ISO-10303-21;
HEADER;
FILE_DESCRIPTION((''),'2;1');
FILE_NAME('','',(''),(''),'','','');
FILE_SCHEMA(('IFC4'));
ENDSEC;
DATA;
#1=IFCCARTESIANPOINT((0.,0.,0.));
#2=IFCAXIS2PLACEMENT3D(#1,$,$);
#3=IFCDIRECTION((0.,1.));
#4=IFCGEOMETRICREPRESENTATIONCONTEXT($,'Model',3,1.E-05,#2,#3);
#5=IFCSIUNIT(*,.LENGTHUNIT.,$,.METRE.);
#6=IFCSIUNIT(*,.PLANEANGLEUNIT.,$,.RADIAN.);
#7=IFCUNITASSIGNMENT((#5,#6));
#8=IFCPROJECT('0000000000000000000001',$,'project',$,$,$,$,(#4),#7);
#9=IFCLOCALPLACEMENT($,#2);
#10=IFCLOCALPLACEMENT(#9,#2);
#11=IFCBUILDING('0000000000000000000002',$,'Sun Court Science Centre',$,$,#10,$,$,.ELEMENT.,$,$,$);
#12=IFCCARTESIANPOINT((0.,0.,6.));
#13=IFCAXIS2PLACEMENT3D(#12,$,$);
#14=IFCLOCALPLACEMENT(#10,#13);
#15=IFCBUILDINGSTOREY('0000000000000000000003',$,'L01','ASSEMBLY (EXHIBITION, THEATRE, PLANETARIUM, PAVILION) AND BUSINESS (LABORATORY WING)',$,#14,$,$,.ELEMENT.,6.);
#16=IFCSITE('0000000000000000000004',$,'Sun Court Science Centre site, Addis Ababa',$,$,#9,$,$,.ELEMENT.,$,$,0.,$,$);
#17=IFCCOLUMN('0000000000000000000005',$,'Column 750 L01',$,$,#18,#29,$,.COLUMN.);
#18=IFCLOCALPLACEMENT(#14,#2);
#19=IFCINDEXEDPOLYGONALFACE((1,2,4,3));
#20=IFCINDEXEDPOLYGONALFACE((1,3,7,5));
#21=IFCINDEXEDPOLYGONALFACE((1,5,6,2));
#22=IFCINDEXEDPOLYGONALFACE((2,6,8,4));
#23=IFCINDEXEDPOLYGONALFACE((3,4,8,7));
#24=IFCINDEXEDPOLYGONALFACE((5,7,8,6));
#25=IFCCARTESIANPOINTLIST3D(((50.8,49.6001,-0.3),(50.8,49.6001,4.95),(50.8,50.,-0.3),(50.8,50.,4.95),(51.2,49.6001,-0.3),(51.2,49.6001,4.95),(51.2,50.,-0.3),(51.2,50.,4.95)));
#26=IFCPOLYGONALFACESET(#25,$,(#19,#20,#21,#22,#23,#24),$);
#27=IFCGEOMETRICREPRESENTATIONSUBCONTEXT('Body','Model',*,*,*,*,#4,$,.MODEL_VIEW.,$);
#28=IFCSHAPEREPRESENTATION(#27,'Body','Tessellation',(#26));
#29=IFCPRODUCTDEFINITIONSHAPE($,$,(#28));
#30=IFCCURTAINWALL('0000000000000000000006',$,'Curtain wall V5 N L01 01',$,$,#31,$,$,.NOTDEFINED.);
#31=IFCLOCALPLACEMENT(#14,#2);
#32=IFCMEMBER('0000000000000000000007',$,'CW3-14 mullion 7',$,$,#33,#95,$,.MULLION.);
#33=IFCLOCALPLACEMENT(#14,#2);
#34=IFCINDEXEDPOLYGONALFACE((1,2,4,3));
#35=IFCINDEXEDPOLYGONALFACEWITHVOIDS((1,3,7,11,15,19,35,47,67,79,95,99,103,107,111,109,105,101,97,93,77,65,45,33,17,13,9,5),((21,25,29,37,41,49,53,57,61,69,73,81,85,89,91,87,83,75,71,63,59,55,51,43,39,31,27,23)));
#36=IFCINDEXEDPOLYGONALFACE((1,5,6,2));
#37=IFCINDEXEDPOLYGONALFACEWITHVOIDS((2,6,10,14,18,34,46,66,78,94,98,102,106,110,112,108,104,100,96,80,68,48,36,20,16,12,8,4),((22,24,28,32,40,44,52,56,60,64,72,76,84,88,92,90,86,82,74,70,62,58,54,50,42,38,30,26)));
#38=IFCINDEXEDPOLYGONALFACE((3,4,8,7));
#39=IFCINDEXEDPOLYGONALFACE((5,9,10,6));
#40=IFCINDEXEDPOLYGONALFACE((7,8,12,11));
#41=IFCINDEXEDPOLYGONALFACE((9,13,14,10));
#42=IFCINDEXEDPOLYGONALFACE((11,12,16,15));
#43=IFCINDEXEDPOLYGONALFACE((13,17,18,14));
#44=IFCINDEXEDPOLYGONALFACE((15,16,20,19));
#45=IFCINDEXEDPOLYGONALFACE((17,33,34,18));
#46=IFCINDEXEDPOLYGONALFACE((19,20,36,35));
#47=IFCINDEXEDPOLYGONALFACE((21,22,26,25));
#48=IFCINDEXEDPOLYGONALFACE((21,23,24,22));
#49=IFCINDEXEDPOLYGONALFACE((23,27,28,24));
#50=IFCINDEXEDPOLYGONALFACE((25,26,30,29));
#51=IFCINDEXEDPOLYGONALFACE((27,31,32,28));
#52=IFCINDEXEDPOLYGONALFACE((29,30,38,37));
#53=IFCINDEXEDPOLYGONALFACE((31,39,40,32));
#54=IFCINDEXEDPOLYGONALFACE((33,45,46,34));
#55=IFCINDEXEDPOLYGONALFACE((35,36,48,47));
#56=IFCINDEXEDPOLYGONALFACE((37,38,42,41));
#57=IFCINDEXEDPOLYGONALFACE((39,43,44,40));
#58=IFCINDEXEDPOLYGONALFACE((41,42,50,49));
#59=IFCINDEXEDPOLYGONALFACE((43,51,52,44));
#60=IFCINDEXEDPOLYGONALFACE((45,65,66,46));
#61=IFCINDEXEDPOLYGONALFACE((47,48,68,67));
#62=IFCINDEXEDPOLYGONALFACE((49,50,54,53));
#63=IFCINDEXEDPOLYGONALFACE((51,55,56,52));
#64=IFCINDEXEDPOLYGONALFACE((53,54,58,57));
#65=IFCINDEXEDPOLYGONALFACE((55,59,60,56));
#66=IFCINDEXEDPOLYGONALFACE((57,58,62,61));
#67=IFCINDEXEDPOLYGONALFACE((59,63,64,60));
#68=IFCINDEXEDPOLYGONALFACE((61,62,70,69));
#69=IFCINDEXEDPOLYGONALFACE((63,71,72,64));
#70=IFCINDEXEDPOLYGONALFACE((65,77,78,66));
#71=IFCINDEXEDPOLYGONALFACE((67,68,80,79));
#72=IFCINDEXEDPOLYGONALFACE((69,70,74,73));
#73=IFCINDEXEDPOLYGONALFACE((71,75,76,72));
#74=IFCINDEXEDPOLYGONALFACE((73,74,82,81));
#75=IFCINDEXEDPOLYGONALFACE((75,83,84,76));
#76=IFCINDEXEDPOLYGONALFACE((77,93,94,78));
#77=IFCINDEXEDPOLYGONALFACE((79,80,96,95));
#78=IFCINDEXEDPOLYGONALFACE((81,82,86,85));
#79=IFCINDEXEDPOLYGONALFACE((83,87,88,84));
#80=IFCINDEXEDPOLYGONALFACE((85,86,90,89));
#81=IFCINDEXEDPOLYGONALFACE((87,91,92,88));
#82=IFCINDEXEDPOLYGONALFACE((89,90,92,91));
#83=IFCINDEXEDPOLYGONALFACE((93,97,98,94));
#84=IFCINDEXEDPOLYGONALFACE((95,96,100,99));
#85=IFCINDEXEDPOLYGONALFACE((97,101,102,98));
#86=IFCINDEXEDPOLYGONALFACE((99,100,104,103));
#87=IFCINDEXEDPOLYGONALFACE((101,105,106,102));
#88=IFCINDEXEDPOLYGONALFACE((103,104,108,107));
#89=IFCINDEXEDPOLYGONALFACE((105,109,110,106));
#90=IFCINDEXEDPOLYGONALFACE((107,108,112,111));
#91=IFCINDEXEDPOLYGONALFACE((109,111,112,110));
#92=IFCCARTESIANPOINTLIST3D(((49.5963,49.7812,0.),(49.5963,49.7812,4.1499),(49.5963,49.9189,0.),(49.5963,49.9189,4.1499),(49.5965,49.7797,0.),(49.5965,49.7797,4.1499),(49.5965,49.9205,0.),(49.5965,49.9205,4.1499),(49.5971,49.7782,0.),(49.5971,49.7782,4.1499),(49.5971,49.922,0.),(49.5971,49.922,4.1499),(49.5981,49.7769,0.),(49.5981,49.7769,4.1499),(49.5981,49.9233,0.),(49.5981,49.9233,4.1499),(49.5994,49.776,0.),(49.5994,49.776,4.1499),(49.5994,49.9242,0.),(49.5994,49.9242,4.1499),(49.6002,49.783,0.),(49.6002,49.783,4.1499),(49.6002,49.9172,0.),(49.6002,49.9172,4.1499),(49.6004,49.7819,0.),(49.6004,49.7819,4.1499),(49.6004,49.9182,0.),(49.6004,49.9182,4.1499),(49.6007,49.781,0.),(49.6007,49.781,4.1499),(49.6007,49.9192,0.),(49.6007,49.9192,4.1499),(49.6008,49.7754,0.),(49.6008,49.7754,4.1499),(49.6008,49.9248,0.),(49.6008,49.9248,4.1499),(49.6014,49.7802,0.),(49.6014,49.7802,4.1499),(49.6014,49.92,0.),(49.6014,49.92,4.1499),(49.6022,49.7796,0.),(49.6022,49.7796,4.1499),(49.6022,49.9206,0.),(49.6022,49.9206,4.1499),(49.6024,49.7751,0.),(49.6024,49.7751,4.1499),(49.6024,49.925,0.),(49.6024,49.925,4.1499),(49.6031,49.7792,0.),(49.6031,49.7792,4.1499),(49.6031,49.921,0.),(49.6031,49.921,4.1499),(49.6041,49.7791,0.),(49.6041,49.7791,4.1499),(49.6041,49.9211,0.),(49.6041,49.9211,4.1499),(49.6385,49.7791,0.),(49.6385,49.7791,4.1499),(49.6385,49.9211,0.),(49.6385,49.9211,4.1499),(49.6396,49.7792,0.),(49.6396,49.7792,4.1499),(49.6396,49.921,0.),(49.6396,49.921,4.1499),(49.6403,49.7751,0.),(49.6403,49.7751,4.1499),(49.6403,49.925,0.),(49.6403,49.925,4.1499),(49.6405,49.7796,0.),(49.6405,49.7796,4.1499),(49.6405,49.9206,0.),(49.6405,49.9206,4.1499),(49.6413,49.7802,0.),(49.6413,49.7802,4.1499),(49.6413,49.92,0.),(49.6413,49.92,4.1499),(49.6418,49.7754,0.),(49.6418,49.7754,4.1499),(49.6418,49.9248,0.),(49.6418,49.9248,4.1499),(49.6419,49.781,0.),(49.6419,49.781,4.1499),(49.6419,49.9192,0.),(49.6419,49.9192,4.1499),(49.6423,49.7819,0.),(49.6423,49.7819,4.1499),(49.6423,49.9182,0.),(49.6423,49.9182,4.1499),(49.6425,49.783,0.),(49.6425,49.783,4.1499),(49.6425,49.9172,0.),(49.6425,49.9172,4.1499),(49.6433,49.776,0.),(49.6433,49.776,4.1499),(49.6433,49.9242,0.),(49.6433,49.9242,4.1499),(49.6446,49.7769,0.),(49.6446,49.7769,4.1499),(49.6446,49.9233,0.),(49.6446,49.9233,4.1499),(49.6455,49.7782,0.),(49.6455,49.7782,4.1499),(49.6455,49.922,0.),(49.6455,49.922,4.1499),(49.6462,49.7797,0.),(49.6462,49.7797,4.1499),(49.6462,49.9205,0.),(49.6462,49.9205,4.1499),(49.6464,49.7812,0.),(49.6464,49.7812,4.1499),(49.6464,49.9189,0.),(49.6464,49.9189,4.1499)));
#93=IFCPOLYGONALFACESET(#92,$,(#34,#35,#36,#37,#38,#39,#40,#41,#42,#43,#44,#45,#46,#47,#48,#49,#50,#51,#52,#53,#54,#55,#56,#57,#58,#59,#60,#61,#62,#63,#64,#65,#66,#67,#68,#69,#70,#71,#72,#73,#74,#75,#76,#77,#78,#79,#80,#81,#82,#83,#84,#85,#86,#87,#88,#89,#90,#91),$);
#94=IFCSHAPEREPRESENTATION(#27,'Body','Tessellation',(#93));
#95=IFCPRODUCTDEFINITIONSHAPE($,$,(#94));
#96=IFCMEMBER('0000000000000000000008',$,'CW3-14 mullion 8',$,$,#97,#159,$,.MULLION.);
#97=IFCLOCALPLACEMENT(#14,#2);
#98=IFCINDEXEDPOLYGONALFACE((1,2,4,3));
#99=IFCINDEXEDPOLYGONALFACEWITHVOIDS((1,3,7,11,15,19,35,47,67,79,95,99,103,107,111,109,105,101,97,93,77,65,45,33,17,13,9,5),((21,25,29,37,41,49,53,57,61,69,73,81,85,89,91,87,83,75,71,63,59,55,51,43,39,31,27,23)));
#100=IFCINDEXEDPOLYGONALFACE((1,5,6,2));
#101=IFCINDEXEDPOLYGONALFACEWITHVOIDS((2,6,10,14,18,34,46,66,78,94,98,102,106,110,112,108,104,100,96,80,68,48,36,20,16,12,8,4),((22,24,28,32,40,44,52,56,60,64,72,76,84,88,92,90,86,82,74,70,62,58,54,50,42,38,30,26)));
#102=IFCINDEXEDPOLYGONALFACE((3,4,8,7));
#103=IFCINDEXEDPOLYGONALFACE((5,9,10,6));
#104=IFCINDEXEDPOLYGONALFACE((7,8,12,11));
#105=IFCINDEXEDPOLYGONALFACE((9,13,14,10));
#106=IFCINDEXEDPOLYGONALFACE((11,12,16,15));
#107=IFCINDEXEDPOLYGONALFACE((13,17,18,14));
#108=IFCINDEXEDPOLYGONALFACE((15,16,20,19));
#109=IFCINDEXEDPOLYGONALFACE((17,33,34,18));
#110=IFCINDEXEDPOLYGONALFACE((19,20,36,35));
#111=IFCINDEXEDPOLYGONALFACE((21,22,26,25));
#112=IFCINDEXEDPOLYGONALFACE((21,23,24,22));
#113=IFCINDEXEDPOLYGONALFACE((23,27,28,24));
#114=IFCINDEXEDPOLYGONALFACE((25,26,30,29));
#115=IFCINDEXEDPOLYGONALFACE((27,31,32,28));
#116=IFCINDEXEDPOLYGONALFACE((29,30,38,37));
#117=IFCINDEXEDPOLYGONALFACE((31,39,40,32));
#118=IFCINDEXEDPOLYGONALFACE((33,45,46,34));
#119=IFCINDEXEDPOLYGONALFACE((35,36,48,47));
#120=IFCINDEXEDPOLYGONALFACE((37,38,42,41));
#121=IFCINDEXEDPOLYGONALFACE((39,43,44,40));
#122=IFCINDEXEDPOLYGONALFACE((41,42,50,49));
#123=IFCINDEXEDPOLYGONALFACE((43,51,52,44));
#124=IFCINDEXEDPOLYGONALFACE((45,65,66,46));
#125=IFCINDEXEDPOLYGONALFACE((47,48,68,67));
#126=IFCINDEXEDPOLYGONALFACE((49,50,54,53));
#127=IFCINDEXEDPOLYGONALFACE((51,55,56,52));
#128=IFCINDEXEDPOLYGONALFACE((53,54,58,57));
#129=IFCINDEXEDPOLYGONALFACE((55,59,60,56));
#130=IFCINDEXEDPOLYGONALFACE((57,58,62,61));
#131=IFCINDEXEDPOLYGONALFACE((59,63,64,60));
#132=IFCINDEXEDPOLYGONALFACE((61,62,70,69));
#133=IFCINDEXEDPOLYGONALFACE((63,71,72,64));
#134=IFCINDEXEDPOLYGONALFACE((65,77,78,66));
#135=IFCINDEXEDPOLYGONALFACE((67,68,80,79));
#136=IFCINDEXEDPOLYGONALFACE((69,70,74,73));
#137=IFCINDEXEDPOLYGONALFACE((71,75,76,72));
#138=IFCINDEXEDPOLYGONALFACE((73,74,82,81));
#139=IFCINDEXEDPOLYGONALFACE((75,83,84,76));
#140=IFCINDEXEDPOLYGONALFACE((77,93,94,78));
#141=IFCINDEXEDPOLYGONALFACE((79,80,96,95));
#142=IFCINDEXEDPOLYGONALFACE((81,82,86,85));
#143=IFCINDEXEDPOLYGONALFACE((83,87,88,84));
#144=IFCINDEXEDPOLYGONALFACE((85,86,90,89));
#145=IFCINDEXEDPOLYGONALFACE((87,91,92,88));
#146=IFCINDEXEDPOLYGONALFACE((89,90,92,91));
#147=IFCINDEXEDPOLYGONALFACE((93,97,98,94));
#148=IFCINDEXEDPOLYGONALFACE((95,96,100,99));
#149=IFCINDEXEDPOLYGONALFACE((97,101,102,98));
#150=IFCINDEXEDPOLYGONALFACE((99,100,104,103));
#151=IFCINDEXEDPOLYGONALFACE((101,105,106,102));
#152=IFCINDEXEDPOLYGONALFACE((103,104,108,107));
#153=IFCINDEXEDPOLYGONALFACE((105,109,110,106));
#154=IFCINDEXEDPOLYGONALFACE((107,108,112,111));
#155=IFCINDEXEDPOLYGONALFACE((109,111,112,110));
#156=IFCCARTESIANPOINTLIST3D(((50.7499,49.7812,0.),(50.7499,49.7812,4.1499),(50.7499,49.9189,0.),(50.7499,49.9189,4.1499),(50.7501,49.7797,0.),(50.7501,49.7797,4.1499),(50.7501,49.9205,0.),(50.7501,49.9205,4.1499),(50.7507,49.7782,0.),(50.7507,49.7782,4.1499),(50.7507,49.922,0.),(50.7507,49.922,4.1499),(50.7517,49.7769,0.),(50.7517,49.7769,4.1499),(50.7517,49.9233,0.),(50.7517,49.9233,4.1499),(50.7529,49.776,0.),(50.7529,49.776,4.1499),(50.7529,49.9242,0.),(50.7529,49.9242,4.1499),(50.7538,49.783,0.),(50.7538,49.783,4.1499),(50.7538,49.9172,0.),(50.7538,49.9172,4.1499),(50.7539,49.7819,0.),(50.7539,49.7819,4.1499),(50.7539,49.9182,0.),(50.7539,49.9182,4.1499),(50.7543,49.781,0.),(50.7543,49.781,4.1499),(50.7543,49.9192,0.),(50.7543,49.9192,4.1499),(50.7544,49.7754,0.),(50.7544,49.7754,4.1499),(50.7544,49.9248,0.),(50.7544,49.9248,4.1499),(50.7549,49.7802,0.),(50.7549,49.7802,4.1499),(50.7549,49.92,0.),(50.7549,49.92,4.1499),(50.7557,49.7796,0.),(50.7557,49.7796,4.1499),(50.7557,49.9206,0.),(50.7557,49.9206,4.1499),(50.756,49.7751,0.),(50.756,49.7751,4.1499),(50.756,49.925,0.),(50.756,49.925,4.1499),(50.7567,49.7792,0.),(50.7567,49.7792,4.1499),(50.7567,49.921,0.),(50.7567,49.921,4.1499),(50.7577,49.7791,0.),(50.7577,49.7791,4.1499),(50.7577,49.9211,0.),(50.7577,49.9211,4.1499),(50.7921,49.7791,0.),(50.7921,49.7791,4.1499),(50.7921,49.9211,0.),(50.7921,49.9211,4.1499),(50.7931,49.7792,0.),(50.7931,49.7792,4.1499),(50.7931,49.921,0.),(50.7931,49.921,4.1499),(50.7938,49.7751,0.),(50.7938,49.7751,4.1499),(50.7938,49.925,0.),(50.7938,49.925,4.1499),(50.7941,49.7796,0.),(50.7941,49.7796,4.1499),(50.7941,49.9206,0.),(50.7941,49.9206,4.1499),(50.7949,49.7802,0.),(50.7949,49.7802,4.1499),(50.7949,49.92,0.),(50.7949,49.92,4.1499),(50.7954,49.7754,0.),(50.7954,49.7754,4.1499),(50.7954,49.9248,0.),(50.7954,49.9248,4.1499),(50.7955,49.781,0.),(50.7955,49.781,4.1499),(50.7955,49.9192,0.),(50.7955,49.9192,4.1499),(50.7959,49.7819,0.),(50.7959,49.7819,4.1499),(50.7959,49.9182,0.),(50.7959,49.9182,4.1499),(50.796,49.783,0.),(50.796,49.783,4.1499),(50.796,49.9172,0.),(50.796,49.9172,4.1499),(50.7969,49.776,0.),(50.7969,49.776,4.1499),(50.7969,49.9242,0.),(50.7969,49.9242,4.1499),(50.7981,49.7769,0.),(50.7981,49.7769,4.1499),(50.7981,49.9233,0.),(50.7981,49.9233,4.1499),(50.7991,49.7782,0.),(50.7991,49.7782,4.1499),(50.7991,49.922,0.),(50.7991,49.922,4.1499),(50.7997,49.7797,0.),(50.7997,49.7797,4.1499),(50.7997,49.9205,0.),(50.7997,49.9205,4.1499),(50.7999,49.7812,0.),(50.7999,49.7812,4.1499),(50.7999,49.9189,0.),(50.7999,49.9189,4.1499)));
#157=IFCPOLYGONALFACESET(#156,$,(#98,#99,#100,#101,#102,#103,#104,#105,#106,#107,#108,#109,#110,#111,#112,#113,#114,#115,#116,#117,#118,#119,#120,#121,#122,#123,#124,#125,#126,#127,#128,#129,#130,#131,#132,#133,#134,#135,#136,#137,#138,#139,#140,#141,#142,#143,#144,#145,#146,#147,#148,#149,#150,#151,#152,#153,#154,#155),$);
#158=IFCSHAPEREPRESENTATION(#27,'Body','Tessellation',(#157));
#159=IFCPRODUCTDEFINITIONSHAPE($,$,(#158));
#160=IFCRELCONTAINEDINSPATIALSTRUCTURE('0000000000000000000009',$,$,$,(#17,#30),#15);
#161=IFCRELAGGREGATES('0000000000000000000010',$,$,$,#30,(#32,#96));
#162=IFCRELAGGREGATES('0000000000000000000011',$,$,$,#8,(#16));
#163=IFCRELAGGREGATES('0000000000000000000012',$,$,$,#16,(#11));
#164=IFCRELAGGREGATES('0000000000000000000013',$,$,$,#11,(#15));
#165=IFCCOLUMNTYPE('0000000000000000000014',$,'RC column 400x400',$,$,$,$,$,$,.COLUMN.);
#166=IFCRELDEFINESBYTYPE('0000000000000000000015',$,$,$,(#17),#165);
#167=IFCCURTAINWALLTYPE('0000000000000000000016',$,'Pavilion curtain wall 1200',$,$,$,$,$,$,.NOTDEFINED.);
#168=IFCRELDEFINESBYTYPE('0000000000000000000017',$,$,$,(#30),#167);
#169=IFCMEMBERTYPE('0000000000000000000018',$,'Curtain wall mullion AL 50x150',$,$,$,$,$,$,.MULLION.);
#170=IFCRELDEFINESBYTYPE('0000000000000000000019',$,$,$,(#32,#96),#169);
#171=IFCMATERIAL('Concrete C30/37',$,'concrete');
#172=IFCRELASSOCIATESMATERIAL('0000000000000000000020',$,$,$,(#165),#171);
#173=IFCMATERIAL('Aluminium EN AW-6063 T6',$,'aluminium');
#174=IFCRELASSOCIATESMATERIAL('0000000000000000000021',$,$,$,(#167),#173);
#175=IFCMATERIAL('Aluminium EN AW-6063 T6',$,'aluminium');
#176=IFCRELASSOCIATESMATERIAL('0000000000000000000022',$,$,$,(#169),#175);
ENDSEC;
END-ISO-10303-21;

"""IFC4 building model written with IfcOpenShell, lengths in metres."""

from ifc_helpers import new_model, si_unit, direction, frame, origin, origin_2d, place, context, subcontext, project, spatial, rectangle, hollow_rectangle, extrude, material, material_profile, profile_set, type_object, element, aggregate, save


model = new_model("IFC4")

# Units and contexts
model_context = context("Model", 3, precision=1e-05, world=origin(), true_north=direction((0.0, 1.0)))
body_context = subcontext(model_context, "Body", "Model", "MODEL_VIEW")
ifc_project = project(units=[si_unit("LENGTHUNIT", "METRE"), si_unit("PLANEANGLEUNIT", "RADIAN")], contexts=[model_context])

# Site, building, storey
site_placement = place(None, origin())
site = spatial("IfcSite", under=ifc_project, at=site_placement, Name="Sun Court Science Centre site, Addis Ababa", CompositionType="ELEMENT", RefElevation=0.0)
building_placement = place(site_placement, origin())
building = spatial("IfcBuilding", under=site, at=building_placement, Name="Sun Court Science Centre", CompositionType="ELEMENT")
storey_placement = place(building_placement, frame((0.0, 0.0, 6.0)))
storey = spatial("IfcBuildingStorey", under=building, at=storey_placement, Name="L01", Description="ASSEMBLY (EXHIBITION, THEATRE, PLANETARIUM, PAVILION) AND BUSINESS (LABORATORY WING)", CompositionType="ELEMENT", Elevation=6.0)

# Column
ifc_material_1 = material(Name="Concrete C30/37", Category="concrete")
ifc_material_profile_1 = material_profile(ifc_material_1, rectangle(XDim=0.3999, YDim=0.3999, at=origin_2d()), Name="RC 400x400")
ifc_profile_set_1 = profile_set([ifc_material_profile_1], Name="Concrete C30/37")
column_type = type_object("IfcColumnType", Name="RC column 400x400", PredefinedType="COLUMN", material=ifc_profile_set_1)
column_placement = place(storey_placement, frame((51.0, 49.8, -0.3), z_axis=(0.0, 0.0, 1.0), x_axis=(1.0, 0.0, 0.0)))
element("IfcColumn", 1, at=column_placement, inside=storey, type_object=column_type, Name="Column 750 L01", PredefinedType="COLUMN", context=body_context, shape_type="SweptSolid", body=[
    extrude(rectangle(XDim=0.3999, YDim=0.3999, at=origin_2d()), origin(), (0.0, 0.0, 1.0), 5.25),
])

# Curtain wall, members
ifc_material_2 = material(Name="Aluminium EN AW-6063 T6", Category="aluminium")
curtain_wall_type = type_object("IfcCurtainWallType", Name="Pavilion curtain wall 1200", PredefinedType="NOTDEFINED", material=ifc_material_2)
curtain_wall_1_placement = place(storey_placement, origin())
curtain_wall_1 = element("IfcCurtainWall", 2, at=curtain_wall_1_placement, inside=storey, type_object=curtain_wall_type, Name="Curtain wall V5 N L01 01", PredefinedType="NOTDEFINED")
ifc_material_3 = material(Name="Aluminium EN AW-6063 T6", Category="aluminium")
ifc_material_profile_2 = material_profile(ifc_material_3, hollow_rectangle(XDim=0.05, YDim=0.1499, WallThickness=0.0039, InnerFilletRadius=0.0039, OuterFilletRadius=0.0061, at=origin_2d()), Name="AL 50x150x4")
ifc_profile_set_2 = profile_set([ifc_material_profile_2], Name="Aluminium EN AW-6063 T6")
member_type_1 = type_object("IfcMemberType", Name="Curtain wall mullion AL 50x150", PredefinedType="MULLION", material=ifc_profile_set_2)
member_1_placement = place(storey_placement, frame((49.6213, 49.8501, 0.0), z_axis=(0.0, 0.0, 1.0), x_axis=(1.0, 0.0, 0.0)))
member_1 = element("IfcMember", 3, at=member_1_placement, type_object=member_type_1, Name="CW3-14 mullion 7", PredefinedType="MULLION", context=body_context, shape_type="SweptSolid", body=[
    extrude(hollow_rectangle(XDim=0.05, YDim=0.1499, WallThickness=0.0039, InnerFilletRadius=0.0039, OuterFilletRadius=0.0061, at=origin_2d()), origin(), (0.0, 0.0, 1.0), 4.1499),
])
member_2_placement = place(storey_placement, frame((50.7749, 49.8501, 0.0), z_axis=(0.0, 0.0, 1.0), x_axis=(1.0, 0.0, 0.0)))
member_2 = element("IfcMember", 4, at=member_2_placement, type_object=member_type_1, Name="CW3-14 mullion 8", PredefinedType="MULLION", context=body_context, shape_type="SweptSolid", body=[
    extrude(hollow_rectangle(XDim=0.05, YDim=0.1499, WallThickness=0.0039, InnerFilletRadius=0.0039, OuterFilletRadius=0.0061, at=origin_2d()), origin(), (0.0, 0.0, 1.0), 4.1499),
])

aggregate(curtain_wall_1, [member_1, member_2])

save(model, "model.ifc")
